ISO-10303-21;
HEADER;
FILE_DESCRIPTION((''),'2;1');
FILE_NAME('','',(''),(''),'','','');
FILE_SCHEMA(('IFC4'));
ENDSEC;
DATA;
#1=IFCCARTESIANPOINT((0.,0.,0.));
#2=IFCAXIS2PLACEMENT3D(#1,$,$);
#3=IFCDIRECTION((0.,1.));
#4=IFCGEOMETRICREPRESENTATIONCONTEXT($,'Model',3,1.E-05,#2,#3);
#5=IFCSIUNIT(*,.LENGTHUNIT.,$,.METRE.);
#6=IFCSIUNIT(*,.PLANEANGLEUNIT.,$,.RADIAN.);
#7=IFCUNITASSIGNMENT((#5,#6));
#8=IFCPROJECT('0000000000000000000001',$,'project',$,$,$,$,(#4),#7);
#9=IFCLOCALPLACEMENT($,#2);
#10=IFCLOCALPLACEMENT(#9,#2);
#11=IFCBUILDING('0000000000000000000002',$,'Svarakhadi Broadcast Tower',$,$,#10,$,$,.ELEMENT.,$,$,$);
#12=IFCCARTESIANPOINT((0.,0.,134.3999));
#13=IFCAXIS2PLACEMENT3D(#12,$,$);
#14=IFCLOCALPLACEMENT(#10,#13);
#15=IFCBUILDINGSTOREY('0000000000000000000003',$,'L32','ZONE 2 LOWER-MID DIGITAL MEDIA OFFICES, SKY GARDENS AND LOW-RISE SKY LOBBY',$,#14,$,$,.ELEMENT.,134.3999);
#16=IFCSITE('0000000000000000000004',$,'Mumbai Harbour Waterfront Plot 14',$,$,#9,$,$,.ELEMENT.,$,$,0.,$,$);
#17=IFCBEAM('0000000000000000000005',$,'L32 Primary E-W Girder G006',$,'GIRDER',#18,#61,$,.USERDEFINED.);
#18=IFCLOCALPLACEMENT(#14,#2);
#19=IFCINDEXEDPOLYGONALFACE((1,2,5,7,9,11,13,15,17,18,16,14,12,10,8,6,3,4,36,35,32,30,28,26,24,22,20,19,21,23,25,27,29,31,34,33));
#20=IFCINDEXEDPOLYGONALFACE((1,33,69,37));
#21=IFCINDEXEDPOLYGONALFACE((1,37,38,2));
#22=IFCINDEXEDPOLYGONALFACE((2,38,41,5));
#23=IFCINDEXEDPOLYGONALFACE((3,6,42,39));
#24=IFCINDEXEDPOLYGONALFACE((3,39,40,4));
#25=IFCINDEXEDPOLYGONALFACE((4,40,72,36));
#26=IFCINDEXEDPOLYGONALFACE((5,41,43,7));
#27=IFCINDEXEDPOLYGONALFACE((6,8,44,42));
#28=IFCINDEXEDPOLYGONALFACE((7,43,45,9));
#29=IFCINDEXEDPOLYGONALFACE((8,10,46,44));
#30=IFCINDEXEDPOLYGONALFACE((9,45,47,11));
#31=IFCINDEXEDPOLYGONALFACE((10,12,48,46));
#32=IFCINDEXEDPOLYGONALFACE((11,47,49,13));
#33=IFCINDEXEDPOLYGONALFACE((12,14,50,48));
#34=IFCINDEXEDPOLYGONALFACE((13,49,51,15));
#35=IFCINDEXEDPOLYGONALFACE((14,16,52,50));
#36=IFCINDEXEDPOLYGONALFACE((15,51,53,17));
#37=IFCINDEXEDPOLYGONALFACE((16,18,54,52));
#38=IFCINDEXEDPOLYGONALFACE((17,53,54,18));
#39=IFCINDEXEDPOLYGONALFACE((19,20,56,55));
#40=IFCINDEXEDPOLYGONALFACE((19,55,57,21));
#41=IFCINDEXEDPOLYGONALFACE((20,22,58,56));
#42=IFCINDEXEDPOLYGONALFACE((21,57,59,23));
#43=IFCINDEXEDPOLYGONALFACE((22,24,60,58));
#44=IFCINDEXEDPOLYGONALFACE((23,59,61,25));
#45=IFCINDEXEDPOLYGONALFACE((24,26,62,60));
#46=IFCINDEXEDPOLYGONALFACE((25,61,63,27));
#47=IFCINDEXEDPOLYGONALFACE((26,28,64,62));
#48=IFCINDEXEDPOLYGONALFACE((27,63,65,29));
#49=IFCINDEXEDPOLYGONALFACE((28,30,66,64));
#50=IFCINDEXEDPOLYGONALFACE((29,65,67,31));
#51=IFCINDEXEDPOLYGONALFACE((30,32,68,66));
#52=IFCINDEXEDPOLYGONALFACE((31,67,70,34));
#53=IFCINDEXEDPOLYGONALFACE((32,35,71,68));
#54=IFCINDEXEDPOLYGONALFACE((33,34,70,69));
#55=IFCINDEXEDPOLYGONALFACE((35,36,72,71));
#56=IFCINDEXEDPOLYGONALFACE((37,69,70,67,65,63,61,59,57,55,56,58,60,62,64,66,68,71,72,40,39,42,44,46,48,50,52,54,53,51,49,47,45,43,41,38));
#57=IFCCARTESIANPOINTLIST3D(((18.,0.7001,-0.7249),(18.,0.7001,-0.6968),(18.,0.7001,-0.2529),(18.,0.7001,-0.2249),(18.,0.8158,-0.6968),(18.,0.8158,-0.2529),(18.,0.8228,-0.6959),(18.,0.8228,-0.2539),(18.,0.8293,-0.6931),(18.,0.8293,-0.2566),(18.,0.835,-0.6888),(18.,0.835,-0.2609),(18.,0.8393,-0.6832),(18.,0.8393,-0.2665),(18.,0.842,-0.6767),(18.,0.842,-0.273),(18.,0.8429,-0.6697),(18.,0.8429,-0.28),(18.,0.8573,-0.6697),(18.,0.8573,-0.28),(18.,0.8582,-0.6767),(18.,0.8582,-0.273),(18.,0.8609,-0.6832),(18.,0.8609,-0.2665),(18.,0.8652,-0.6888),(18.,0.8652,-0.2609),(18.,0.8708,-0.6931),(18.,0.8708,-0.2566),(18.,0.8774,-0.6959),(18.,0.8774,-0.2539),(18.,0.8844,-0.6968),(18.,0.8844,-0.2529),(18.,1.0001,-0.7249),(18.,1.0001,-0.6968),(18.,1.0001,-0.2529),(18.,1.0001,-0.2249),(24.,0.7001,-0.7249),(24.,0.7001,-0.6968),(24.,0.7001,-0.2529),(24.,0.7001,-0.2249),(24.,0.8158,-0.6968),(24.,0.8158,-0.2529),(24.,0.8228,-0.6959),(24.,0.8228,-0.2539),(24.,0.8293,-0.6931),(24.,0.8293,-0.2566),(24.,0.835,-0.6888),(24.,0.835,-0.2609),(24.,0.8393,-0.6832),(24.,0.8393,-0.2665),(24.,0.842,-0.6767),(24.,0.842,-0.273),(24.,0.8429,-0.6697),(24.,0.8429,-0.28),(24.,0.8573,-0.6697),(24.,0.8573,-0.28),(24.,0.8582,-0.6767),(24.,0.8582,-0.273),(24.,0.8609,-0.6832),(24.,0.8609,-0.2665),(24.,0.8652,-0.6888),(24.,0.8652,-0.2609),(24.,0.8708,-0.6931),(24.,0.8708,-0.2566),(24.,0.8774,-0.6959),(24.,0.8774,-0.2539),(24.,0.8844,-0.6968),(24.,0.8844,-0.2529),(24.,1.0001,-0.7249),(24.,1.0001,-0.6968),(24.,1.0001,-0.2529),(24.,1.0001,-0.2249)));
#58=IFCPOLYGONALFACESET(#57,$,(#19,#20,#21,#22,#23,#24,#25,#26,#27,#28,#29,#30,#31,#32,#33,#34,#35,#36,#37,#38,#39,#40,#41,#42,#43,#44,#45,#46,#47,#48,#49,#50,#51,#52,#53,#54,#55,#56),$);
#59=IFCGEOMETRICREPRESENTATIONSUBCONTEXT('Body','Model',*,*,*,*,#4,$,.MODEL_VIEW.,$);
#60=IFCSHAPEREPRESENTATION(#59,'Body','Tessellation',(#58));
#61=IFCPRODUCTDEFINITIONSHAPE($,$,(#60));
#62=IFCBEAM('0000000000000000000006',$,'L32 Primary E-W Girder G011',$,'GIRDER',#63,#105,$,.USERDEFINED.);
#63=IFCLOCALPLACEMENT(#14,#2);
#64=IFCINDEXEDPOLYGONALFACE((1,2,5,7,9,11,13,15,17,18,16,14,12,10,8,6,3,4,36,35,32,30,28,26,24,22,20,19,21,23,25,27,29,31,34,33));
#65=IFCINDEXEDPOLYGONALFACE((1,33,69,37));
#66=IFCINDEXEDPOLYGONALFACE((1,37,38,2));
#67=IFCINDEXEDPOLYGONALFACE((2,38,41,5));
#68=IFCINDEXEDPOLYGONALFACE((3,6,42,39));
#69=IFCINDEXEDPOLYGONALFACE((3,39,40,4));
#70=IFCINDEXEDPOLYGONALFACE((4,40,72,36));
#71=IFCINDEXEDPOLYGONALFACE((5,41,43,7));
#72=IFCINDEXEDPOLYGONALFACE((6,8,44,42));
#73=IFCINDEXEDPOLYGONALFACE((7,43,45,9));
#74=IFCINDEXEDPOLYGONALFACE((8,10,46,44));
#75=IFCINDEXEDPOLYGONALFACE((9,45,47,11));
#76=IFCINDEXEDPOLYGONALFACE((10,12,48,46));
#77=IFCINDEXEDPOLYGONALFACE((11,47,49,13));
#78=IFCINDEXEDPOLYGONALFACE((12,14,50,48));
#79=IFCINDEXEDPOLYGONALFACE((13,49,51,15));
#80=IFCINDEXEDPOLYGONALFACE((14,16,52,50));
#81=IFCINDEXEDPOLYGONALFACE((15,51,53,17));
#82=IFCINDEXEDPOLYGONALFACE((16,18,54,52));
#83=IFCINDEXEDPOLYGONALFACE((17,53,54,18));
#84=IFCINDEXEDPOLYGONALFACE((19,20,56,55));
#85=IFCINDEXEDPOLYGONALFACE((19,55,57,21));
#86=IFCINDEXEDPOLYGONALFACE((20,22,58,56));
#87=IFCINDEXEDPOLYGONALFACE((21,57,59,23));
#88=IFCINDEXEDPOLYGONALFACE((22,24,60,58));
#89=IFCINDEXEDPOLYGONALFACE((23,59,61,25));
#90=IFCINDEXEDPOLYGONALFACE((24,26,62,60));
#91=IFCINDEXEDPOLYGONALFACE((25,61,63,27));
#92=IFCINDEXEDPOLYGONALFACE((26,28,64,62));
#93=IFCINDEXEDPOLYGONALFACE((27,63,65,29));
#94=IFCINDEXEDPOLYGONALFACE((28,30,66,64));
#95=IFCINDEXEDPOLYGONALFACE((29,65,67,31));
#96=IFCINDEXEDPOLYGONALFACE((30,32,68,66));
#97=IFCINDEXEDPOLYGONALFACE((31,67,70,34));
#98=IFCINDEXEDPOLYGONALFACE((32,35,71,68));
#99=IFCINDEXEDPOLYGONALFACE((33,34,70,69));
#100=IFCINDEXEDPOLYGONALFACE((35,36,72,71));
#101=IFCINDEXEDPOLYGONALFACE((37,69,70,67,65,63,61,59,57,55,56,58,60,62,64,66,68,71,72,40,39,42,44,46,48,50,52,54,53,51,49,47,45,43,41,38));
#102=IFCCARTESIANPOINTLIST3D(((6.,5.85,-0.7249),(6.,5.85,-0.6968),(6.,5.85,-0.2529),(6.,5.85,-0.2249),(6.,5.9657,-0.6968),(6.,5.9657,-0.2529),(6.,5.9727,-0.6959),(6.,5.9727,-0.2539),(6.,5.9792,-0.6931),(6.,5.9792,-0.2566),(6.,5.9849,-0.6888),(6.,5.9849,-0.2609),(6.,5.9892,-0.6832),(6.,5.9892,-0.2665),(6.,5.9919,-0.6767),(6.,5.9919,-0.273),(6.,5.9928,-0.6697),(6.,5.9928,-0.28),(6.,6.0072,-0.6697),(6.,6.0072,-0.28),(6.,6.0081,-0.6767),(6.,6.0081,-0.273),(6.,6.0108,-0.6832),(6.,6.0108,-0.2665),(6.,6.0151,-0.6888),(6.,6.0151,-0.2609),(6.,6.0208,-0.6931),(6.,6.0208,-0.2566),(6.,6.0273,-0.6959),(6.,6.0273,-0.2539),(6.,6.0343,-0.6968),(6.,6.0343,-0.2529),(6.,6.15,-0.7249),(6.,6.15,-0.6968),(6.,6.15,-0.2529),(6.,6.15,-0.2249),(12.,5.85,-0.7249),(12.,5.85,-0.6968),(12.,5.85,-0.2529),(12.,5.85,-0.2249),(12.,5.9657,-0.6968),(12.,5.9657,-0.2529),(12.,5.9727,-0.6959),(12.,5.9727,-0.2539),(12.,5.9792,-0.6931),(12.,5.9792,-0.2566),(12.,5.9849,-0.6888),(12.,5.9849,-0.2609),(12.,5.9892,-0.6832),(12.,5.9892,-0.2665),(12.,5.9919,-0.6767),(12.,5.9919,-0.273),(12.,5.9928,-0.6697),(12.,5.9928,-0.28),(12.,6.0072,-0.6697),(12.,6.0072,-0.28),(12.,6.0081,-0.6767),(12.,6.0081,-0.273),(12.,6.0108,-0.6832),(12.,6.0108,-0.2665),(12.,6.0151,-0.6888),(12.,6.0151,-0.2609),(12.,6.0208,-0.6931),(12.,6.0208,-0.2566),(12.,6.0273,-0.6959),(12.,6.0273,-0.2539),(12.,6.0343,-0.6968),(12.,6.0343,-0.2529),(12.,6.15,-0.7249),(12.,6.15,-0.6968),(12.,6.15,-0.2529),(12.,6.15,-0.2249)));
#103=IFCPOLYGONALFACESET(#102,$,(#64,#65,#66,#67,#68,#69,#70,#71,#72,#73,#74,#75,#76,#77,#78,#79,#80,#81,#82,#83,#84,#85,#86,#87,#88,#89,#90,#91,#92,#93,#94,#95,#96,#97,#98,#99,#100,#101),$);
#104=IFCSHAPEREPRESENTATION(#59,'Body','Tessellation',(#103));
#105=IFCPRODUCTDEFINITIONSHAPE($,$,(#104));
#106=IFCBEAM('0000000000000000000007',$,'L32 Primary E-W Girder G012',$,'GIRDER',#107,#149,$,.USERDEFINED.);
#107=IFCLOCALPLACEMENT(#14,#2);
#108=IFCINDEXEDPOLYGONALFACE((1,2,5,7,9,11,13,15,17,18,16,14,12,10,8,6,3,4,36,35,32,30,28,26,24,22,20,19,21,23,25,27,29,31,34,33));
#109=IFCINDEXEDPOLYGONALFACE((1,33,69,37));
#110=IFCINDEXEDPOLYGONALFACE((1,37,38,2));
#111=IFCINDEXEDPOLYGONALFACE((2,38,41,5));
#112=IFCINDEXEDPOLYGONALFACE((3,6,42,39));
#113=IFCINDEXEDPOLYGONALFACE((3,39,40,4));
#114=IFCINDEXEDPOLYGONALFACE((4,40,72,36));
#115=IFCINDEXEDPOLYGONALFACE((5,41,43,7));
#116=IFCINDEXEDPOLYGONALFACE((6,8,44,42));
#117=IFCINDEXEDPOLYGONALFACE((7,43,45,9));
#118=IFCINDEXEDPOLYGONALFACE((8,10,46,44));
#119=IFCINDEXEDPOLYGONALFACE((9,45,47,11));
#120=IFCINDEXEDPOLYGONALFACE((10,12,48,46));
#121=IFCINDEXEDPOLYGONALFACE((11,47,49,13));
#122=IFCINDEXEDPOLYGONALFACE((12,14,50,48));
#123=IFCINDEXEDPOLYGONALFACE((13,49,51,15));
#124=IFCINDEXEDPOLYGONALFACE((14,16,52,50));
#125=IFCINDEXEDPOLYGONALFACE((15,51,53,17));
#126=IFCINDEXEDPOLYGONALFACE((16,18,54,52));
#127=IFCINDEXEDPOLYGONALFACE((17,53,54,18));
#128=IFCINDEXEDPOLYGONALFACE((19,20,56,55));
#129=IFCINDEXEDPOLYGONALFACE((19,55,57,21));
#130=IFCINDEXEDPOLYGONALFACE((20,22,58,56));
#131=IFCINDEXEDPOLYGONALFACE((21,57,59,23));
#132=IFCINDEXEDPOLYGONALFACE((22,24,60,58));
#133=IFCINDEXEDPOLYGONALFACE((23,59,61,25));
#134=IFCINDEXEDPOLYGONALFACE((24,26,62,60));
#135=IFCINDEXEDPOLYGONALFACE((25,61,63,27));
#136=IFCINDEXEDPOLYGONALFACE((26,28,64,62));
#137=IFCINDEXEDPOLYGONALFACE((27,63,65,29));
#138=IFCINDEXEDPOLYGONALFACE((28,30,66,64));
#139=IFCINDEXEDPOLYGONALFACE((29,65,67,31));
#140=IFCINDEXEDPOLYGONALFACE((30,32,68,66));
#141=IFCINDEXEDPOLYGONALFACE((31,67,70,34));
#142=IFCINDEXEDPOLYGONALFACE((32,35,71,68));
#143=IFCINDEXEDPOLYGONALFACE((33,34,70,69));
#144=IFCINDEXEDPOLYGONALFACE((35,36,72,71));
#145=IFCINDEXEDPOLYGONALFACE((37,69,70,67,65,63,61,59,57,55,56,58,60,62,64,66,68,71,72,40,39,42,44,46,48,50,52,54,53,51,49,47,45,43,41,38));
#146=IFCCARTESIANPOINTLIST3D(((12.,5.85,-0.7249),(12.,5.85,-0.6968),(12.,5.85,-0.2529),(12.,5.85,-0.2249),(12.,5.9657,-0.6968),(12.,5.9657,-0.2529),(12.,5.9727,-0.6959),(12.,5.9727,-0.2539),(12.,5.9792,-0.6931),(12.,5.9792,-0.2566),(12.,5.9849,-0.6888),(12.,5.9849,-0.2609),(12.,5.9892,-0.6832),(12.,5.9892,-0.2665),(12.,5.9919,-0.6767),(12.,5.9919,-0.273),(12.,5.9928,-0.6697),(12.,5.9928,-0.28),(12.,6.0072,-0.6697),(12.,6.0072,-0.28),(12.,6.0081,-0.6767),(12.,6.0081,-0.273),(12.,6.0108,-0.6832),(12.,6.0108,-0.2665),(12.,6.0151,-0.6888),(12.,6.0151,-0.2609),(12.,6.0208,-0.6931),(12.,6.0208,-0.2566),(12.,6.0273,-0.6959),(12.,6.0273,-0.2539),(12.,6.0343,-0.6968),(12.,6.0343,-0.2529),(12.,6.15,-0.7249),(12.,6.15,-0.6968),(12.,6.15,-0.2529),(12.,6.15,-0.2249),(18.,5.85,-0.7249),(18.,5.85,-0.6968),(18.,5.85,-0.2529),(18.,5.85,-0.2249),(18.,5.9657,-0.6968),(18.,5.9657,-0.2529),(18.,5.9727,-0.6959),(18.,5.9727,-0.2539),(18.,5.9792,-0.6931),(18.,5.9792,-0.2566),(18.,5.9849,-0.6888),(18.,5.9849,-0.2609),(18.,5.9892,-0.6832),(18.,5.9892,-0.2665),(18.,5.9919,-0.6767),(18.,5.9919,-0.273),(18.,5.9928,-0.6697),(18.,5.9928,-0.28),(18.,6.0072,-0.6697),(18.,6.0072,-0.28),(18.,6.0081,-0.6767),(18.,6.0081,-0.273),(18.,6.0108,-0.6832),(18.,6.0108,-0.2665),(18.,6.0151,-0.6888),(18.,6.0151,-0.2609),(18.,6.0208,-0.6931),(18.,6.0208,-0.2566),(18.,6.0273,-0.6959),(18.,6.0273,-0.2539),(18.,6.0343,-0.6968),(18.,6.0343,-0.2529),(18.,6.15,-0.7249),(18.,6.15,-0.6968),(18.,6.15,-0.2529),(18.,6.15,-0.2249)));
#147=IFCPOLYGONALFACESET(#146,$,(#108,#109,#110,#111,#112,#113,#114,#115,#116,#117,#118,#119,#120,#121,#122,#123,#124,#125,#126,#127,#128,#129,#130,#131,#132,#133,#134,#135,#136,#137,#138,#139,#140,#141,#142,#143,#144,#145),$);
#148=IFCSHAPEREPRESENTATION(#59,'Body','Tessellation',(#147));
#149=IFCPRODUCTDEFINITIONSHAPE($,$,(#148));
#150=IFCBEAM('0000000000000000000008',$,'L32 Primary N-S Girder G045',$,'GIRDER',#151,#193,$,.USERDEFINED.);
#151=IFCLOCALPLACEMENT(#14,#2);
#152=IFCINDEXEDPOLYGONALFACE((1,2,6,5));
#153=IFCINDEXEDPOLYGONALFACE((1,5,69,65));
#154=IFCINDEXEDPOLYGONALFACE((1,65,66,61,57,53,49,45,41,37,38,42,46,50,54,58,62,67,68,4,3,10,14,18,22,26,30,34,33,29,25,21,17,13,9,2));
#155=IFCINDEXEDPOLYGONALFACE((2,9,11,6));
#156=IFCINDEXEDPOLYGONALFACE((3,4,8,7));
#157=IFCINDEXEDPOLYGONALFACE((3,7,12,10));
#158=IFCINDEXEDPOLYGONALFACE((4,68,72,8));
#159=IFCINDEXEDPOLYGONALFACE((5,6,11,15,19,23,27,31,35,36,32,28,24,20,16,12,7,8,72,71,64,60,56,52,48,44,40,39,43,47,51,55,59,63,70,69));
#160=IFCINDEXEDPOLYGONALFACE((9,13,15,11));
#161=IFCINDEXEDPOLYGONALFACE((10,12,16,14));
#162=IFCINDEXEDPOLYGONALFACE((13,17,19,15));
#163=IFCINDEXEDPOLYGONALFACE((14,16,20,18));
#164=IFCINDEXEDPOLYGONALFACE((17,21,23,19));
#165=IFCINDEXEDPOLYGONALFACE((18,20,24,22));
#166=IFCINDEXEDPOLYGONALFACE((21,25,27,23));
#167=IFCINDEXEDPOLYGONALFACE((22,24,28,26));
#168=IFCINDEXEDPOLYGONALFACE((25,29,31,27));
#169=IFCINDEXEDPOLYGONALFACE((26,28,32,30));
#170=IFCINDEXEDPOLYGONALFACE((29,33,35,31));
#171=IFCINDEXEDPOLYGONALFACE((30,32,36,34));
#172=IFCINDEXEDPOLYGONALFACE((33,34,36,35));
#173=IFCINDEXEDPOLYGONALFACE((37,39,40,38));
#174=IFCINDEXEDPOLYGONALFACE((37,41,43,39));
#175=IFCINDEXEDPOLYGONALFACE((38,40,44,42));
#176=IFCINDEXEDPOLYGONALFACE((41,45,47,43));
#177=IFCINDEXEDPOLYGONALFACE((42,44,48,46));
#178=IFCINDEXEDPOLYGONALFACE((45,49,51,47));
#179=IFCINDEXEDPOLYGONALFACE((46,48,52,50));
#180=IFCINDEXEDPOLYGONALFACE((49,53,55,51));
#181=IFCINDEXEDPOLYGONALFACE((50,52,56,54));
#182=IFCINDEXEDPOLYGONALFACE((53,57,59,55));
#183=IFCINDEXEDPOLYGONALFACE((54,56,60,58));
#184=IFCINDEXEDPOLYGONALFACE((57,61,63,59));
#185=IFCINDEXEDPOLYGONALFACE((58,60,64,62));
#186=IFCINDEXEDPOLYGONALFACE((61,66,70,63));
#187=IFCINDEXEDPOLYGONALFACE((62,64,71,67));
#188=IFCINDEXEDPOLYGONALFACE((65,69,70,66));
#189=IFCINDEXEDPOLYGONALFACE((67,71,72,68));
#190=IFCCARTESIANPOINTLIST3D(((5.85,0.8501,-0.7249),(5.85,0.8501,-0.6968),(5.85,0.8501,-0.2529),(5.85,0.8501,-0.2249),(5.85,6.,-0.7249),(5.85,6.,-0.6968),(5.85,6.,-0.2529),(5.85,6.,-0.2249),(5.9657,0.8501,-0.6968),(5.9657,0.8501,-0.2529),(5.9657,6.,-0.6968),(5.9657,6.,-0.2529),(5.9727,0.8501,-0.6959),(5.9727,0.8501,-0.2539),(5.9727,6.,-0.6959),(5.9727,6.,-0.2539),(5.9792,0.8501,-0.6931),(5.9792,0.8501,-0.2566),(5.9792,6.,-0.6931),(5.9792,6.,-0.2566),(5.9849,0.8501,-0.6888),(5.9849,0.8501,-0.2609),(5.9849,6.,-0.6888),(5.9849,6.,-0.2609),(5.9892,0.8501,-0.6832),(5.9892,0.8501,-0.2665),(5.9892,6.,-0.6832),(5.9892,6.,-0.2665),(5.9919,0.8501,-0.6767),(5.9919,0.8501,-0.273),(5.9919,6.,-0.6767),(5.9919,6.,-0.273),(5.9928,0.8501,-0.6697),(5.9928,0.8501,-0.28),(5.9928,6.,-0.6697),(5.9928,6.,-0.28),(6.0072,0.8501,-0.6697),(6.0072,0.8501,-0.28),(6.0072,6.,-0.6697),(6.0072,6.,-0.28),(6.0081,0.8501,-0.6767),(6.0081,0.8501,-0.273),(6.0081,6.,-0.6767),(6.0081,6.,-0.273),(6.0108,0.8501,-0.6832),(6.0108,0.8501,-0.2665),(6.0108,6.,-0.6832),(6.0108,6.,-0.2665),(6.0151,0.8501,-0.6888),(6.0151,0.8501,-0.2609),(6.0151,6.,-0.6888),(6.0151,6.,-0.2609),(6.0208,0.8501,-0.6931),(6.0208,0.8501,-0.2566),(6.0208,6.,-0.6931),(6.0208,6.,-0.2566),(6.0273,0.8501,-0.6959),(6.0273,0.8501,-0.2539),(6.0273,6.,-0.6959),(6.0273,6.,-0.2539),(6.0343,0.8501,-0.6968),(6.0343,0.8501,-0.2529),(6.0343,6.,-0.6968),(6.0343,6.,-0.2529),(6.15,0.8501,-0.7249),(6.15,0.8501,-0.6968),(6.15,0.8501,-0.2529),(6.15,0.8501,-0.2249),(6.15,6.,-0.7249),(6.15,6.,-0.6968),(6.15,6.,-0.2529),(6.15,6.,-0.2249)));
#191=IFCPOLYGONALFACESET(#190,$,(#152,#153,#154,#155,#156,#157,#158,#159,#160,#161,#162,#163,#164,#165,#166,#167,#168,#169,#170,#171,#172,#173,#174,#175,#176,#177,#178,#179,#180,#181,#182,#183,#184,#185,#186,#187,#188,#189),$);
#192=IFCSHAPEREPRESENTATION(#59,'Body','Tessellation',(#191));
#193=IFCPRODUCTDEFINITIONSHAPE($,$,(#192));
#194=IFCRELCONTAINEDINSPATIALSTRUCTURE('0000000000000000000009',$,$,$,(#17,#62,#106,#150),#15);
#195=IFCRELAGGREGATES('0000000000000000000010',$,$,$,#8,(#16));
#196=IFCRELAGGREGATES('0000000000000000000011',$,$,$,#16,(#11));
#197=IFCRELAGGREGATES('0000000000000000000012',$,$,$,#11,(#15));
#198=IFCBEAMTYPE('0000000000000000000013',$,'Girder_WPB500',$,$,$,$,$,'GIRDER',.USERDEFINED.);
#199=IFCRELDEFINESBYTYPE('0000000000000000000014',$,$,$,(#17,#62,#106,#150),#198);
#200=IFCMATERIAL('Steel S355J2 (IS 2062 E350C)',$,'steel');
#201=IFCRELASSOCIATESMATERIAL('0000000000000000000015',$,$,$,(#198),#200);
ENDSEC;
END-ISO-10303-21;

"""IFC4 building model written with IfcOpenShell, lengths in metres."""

from ifc_helpers import new_model, si_unit, direction, frame, origin, origin_2d, place, context, subcontext, project, spatial, i_section, extrude, material, material_profile, profile_set, type_object, element, save


model = new_model("IFC4")

# Units and contexts
model_context = context("Model", 3, precision=1e-05, world=origin(), true_north=direction((0.0, 1.0)))
body_context = subcontext(model_context, "Body", "Model", "MODEL_VIEW")
ifc_project = project(units=[si_unit("LENGTHUNIT", "METRE"), si_unit("PLANEANGLEUNIT", "RADIAN")], contexts=[model_context])

# Site, building, storey
site_placement = place(None, origin())
site = spatial("IfcSite", under=ifc_project, at=site_placement, Name="Mumbai Harbour Waterfront Plot 14", CompositionType="ELEMENT", RefElevation=0.0)
building_placement = place(site_placement, origin())
building = spatial("IfcBuilding", under=site, at=building_placement, Name="Svarakhadi Broadcast Tower", CompositionType="ELEMENT")
storey_placement = place(building_placement, frame((0.0, 0.0, 134.3999)))
storey = spatial("IfcBuildingStorey", under=building, at=storey_placement, Name="L32", Description="ZONE 2 LOWER-MID DIGITAL MEDIA OFFICES, SKY GARDENS AND LOW-RISE SKY LOBBY", CompositionType="ELEMENT", Elevation=134.3999)

# Shared definitions
ifc_material_1 = material(Name="Steel S355J2 (IS 2062 E350C)", Category="steel")

# Beams
ifc_material_profile_1 = material_profile(ifc_material_1, i_section(OverallWidth=0.3, OverallDepth=0.5, WebThickness=0.0144, FlangeThickness=0.0281, FilletRadius=0.0271, at=origin_2d()), Name="WPB 500x300x187")
ifc_profile_set_1 = profile_set([ifc_material_profile_1], Name="Steel S355J2 (IS 2062 E350C)")
beam_type_1 = type_object("IfcBeamType", Name="Girder_WPB500", ElementType="GIRDER", PredefinedType="USERDEFINED", material=ifc_profile_set_1)
for number, where, z_axis, x_axis, name in (
    (1, (18.0, 0.8501, -0.4749), (1.0, 0.0, 0.0), (0.0, 1.0, 0.0), "L32 Primary E-W Girder G006"),
    (2, (6.0, 6.0, -0.4749), (1.0, 0.0, 0.0), (0.0, 1.0, 0.0), "L32 Primary E-W Girder G011"),
    (3, (12.0, 6.0, -0.4749), (1.0, 0.0, 0.0), (0.0, 1.0, 0.0), "L32 Primary E-W Girder G012"),
):
    element("IfcBeam", number, at=place(storey_placement, frame(where, z_axis=z_axis, x_axis=x_axis)), inside=storey, type_object=beam_type_1, Name=name, ObjectType="GIRDER", PredefinedType="USERDEFINED", context=body_context, shape_type="SweptSolid", body=[
        extrude(i_section(OverallWidth=0.3, OverallDepth=0.5, WebThickness=0.0144, FlangeThickness=0.0281, FilletRadius=0.0271, at=origin_2d()), origin(), (0.0, 0.0, 1.0), 6.0),
    ])
beam_1_placement = place(storey_placement, frame((6.0, 0.8501, -0.4749), z_axis=(0.0, 1.0, 0.0), x_axis=(-1.0, 0.0, 0.0)))
element("IfcBeam", 4, at=beam_1_placement, inside=storey, type_object=beam_type_1, Name="L32 Primary N-S Girder G045", ObjectType="GIRDER", PredefinedType="USERDEFINED", context=body_context, shape_type="SweptSolid", body=[
    extrude(i_section(OverallWidth=0.3, OverallDepth=0.5, WebThickness=0.0144, FlangeThickness=0.0281, FilletRadius=0.0271, at=origin_2d()), origin(), (0.0, 0.0, 1.0), 5.1499),
])

save(model, "model.ifc")
